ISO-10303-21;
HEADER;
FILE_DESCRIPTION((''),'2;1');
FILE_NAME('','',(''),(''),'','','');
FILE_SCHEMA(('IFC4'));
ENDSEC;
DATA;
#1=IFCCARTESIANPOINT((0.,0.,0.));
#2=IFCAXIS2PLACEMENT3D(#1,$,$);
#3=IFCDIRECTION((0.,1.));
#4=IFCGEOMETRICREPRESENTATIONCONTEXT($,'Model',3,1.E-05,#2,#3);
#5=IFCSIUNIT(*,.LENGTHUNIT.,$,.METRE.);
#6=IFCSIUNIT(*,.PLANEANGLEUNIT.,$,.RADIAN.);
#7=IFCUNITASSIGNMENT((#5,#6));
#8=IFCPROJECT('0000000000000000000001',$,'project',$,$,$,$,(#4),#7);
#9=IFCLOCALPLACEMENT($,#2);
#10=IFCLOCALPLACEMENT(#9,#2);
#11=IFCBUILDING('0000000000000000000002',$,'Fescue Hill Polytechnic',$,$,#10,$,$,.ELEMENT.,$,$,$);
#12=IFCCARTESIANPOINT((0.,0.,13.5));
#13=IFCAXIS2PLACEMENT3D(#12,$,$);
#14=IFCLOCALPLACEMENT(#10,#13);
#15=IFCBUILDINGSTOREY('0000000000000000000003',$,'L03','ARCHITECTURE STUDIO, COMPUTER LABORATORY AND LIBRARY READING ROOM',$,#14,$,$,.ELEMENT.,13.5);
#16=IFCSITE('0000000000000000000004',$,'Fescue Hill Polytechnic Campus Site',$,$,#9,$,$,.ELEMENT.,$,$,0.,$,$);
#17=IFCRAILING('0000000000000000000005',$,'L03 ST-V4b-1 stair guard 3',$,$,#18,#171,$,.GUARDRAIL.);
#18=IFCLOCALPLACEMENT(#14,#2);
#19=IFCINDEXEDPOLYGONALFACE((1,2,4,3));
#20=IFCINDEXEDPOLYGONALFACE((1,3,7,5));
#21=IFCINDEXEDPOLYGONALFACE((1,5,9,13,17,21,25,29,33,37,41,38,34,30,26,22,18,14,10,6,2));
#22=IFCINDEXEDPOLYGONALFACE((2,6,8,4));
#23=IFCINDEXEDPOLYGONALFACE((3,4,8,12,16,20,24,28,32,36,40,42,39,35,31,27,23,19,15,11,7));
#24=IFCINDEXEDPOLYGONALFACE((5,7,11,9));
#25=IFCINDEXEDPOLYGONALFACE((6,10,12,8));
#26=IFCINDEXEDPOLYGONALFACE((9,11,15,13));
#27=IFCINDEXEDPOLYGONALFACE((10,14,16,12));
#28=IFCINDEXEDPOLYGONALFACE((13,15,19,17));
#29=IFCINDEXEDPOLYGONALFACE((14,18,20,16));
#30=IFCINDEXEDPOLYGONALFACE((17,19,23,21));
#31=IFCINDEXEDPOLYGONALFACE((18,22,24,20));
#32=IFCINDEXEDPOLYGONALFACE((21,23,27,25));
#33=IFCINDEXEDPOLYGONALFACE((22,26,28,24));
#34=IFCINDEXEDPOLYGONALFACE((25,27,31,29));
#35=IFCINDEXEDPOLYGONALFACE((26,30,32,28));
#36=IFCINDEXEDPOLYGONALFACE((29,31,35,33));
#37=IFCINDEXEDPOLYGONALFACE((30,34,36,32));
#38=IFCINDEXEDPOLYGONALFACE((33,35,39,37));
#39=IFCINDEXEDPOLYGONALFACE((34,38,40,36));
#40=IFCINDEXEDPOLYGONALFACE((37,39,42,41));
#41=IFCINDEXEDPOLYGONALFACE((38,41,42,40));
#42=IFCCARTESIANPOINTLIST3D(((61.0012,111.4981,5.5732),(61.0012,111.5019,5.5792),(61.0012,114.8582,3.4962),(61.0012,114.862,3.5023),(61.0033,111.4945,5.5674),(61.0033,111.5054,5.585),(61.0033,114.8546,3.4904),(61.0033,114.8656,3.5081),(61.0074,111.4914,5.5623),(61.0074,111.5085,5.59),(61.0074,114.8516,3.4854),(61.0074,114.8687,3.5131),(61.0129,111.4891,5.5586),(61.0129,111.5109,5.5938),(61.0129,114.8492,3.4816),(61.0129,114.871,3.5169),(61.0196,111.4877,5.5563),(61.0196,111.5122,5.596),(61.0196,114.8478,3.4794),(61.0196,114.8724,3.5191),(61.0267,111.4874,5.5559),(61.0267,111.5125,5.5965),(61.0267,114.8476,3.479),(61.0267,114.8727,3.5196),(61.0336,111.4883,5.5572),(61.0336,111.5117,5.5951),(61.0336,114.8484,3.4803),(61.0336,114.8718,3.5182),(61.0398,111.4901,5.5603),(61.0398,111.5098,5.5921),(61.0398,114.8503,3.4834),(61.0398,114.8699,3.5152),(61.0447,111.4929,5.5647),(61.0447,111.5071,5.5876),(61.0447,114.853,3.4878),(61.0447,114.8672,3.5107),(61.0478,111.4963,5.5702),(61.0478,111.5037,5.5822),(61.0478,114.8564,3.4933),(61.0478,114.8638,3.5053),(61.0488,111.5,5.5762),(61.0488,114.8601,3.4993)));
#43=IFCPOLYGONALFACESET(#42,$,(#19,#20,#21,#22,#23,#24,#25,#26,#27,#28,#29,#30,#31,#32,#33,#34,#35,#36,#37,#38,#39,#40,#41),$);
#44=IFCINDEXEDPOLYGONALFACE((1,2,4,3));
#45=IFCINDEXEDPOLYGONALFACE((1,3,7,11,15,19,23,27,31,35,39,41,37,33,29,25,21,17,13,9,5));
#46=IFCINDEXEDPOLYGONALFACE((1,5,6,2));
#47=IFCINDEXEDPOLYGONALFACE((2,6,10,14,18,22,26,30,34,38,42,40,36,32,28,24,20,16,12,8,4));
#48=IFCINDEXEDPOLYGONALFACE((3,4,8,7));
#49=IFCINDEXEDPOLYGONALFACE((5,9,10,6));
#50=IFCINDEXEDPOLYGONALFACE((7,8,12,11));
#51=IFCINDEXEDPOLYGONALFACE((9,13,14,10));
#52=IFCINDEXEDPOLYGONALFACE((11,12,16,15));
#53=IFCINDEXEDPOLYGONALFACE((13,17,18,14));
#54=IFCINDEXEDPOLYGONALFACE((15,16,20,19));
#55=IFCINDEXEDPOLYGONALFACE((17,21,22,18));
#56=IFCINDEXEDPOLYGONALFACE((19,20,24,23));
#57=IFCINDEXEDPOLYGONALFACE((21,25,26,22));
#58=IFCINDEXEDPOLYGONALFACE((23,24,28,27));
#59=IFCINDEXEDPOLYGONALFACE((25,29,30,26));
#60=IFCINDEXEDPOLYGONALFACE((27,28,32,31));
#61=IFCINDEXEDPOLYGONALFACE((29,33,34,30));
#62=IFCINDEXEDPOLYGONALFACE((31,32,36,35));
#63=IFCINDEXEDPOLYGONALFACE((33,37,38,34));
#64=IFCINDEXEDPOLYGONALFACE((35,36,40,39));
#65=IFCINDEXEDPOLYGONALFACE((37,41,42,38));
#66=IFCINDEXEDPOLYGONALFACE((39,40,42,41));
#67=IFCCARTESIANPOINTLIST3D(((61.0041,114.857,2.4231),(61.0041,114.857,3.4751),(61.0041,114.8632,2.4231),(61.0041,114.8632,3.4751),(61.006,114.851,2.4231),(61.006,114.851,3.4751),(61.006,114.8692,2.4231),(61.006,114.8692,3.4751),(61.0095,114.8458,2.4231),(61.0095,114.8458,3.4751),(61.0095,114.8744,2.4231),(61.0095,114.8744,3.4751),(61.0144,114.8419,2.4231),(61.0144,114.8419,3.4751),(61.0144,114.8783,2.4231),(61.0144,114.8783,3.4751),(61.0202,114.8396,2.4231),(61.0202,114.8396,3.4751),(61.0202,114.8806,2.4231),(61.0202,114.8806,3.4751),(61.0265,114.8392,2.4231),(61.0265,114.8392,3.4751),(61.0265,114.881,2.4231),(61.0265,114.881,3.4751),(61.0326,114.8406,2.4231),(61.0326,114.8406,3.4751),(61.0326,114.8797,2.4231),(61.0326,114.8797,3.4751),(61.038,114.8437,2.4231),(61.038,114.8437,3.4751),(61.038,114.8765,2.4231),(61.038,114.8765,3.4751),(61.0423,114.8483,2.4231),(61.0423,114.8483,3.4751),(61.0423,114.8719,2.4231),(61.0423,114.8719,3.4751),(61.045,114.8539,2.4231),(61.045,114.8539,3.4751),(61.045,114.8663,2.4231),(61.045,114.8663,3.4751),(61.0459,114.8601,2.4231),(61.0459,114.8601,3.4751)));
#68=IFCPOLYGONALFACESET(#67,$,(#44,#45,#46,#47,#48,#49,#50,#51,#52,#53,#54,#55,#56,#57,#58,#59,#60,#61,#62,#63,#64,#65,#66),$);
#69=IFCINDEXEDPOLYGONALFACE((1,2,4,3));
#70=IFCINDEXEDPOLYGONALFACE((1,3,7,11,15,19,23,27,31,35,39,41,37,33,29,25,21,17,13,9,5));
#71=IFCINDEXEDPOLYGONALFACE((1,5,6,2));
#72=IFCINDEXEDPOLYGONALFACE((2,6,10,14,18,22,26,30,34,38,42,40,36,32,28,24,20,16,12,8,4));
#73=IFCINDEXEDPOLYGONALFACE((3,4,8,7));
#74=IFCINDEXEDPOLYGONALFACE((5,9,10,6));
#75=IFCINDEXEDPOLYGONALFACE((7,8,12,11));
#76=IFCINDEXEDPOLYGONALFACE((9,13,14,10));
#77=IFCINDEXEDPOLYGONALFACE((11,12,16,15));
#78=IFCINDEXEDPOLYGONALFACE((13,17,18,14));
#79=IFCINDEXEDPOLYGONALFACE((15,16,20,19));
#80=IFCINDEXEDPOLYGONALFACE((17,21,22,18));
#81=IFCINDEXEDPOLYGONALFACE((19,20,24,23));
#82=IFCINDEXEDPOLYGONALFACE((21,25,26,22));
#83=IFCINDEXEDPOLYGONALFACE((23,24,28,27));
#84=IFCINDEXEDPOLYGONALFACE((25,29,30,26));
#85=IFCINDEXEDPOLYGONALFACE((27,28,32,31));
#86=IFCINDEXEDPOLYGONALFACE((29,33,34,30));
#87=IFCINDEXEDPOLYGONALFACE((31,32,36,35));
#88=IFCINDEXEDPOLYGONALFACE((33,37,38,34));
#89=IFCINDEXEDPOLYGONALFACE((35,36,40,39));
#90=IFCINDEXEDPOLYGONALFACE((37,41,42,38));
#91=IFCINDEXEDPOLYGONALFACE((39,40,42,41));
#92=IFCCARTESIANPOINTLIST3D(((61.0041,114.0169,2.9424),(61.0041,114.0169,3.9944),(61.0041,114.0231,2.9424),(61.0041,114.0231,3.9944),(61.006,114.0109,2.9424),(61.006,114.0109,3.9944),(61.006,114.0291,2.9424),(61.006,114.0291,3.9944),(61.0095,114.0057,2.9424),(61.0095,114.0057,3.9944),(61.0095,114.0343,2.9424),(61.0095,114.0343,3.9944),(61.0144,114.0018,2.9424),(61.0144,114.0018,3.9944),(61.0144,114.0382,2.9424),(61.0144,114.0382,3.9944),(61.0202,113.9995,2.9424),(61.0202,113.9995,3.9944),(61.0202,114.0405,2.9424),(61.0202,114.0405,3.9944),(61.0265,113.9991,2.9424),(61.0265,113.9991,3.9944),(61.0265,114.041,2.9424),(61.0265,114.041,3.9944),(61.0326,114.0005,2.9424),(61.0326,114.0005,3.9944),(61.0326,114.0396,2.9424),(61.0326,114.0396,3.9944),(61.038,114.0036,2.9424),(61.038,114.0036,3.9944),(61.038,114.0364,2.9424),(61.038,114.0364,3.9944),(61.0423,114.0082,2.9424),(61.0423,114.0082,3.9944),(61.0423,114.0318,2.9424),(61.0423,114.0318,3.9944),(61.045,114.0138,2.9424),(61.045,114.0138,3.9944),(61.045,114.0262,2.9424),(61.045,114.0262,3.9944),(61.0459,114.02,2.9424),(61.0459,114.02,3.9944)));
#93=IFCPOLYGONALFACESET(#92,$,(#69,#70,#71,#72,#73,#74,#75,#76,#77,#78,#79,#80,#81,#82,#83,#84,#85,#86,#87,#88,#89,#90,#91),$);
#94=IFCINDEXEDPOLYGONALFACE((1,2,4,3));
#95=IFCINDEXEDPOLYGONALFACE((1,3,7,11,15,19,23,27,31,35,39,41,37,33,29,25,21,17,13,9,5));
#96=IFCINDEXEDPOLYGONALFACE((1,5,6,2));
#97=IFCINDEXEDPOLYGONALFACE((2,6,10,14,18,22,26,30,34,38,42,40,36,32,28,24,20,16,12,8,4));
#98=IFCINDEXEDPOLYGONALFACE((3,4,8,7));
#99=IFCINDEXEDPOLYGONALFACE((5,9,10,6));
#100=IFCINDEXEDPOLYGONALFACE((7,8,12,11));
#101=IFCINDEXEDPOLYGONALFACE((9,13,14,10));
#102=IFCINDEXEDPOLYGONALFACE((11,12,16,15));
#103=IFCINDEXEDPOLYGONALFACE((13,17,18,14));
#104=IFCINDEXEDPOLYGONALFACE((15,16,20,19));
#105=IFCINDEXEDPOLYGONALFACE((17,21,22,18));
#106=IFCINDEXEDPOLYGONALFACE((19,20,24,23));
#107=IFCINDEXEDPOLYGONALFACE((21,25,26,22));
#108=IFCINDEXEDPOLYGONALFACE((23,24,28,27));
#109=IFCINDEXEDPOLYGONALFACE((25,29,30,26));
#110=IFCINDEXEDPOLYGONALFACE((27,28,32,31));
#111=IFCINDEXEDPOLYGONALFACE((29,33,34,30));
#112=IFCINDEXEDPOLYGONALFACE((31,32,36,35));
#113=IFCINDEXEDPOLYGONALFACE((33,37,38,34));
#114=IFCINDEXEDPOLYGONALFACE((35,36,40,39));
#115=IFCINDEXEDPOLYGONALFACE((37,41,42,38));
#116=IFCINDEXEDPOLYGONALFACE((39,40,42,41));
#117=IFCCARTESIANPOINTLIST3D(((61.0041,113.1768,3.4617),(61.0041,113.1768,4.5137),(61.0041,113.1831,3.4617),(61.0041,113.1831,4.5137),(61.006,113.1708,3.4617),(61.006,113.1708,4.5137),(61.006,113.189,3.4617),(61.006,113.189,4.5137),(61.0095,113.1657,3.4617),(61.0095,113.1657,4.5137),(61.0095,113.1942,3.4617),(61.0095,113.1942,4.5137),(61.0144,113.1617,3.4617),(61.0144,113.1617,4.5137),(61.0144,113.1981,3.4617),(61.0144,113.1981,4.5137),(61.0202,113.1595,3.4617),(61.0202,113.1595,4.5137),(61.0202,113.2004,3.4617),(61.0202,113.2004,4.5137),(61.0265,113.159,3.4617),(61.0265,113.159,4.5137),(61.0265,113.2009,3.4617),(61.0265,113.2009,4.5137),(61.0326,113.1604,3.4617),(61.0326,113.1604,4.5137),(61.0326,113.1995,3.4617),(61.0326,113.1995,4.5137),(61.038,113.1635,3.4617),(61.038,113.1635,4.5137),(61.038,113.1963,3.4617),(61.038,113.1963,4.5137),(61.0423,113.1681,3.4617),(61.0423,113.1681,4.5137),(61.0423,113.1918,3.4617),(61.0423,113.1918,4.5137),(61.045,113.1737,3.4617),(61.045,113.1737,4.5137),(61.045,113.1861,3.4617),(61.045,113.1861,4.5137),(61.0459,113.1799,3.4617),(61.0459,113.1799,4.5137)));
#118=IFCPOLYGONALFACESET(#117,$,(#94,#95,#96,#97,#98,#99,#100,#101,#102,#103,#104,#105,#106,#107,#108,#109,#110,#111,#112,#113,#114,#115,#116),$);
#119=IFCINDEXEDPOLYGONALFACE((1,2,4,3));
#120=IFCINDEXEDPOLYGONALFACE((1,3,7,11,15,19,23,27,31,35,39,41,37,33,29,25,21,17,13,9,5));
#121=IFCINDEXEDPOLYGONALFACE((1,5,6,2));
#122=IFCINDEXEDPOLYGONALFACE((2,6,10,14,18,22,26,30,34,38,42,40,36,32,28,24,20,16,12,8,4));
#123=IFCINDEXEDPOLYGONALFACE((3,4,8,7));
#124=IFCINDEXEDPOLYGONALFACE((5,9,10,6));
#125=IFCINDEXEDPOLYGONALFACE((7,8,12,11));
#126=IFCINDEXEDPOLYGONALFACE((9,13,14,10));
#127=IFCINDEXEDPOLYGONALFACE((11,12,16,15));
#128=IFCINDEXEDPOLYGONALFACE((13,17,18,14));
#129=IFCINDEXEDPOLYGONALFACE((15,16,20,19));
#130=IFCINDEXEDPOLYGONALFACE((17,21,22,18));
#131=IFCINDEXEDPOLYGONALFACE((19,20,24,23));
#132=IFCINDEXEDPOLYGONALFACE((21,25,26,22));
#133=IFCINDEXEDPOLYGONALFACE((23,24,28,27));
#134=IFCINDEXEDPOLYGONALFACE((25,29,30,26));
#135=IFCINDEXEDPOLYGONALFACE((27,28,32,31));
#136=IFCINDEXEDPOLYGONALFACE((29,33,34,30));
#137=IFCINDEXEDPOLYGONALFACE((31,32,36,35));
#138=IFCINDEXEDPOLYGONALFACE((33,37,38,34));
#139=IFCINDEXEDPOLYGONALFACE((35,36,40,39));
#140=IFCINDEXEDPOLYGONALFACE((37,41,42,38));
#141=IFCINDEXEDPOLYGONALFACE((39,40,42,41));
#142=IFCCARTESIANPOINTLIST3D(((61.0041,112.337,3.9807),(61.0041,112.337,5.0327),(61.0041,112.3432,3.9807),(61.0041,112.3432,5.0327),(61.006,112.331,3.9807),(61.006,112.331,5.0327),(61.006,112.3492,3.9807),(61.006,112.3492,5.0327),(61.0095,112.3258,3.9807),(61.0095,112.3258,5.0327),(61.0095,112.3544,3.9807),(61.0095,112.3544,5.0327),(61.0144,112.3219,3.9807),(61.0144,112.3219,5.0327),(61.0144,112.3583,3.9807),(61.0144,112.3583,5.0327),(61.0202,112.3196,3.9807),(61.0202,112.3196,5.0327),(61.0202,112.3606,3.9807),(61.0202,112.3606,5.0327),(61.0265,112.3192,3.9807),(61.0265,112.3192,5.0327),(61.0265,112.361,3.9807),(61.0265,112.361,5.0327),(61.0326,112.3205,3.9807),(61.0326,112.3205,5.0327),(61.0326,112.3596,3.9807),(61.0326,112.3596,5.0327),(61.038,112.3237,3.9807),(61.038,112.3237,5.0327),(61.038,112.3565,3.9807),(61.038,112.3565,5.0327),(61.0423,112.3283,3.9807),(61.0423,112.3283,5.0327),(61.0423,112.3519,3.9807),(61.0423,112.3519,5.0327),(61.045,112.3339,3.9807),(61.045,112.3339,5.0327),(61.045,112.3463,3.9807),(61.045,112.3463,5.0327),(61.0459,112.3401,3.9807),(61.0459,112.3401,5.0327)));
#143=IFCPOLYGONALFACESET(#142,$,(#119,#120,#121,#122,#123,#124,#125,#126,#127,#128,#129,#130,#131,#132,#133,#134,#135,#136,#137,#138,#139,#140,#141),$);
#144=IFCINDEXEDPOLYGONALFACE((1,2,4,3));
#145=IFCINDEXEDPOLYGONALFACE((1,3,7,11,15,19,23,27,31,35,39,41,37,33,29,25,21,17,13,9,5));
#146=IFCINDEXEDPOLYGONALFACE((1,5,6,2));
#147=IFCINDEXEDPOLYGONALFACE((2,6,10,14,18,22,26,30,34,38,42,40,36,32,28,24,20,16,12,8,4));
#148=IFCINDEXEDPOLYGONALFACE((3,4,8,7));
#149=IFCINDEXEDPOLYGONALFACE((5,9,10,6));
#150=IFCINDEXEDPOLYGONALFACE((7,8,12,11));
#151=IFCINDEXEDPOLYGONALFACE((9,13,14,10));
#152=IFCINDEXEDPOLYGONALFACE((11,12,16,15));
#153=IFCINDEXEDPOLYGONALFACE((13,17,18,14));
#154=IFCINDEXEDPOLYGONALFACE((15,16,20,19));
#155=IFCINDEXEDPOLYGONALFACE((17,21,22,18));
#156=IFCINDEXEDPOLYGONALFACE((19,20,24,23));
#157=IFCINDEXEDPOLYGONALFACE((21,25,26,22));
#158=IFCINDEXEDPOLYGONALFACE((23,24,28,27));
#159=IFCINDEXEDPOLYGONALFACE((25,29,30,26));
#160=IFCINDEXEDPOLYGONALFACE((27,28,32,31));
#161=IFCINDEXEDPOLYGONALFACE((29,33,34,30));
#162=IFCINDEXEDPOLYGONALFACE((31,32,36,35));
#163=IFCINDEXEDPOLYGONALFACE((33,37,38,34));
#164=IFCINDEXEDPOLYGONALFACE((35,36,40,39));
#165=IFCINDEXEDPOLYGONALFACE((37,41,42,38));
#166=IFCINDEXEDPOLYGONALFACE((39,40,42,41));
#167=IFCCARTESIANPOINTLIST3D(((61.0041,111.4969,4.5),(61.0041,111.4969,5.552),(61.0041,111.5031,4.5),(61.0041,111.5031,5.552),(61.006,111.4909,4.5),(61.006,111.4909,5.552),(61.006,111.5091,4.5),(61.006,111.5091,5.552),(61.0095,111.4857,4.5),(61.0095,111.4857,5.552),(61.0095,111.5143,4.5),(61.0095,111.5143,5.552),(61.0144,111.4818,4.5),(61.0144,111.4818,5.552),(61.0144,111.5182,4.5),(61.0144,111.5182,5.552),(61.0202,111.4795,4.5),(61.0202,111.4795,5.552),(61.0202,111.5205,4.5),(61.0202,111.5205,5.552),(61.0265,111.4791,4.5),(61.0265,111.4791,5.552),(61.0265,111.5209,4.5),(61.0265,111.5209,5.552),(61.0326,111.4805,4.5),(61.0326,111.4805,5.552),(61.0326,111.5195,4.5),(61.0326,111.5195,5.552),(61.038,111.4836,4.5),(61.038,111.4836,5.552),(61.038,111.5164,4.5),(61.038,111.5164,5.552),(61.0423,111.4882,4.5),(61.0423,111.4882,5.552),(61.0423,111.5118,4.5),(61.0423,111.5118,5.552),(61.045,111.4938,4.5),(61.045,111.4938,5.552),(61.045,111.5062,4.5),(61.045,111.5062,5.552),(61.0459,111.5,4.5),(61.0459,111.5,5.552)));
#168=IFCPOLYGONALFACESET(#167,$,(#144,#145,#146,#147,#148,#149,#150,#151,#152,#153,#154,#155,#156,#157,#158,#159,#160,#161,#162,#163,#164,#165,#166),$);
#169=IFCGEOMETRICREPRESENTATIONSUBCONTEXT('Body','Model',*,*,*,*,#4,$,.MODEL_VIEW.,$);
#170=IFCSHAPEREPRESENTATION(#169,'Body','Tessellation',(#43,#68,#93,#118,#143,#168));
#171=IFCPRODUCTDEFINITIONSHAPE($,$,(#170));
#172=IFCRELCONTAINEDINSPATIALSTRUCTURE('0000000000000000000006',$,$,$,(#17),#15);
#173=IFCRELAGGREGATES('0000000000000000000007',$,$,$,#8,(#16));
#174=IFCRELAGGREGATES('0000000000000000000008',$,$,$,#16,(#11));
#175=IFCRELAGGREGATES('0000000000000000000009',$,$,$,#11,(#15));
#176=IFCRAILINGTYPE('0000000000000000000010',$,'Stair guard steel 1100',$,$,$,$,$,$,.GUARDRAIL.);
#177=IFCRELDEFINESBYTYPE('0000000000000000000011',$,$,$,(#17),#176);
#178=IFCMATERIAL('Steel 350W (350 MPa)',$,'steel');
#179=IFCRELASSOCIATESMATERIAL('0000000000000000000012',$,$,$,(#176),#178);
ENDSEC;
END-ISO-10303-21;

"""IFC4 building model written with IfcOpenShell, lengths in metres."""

from ifc_helpers import new_model, si_unit, direction, frame, origin, origin_2d, place, context, subcontext, project, spatial, circle, extrude, material, type_object, element, save


model = new_model("IFC4")

# Units and contexts
model_context = context("Model", 3, precision=1e-05, world=origin(), true_north=direction((0.0, 1.0)))
body_context = subcontext(model_context, "Body", "Model", "MODEL_VIEW")
ifc_project = project(units=[si_unit("LENGTHUNIT", "METRE"), si_unit("PLANEANGLEUNIT", "RADIAN")], contexts=[model_context])

# Site, building, storey
site_placement = place(None, origin())
site = spatial("IfcSite", under=ifc_project, at=site_placement, Name="Fescue Hill Polytechnic Campus Site", CompositionType="ELEMENT", RefElevation=0.0)
building_placement = place(site_placement, origin())
building = spatial("IfcBuilding", under=site, at=building_placement, Name="Fescue Hill Polytechnic", CompositionType="ELEMENT")
storey_placement = place(building_placement, frame((0.0, 0.0, 13.5)))
storey = spatial("IfcBuildingStorey", under=building, at=storey_placement, Name="L03", Description="ARCHITECTURE STUDIO, COMPUTER LABORATORY AND LIBRARY READING ROOM", CompositionType="ELEMENT", Elevation=13.5)

# Railing
ifc_material_1 = material(Name="Steel 350W (350 MPa)", Category="steel")
railing_type_1 = type_object("IfcRailingType", Name="Stair guard steel 1100", PredefinedType="GUARDRAIL", material=ifc_material_1)
railing_1_placement = place(storey_placement, frame((61.0249, 114.8601, 2.4231)))
element("IfcRailing", 1, at=railing_1_placement, inside=storey, type_object=railing_type_1, Name="L03 ST-V4b-1 stair guard 3", PredefinedType="GUARDRAIL", context=body_context, shape_type="SweptSolid", body=[
    extrude(circle(Radius=0.0239, at=origin_2d()), frame((0.0, 0.0, 1.0762), z_axis=(0.0, -0.850623, 0.525776), x_axis=(1.0, 0.0, 0.0)), (0.0, 0.0, 1.0), 3.9502),
    extrude(circle(Radius=0.021, at=origin_2d()), origin(), (0.0, 0.0, 1.0), 1.052),
    extrude(circle(Radius=0.021, at=origin_2d()), frame((0.0, -0.8401, 0.5193)), (0.0, 0.0, 1.0), 1.052),
    extrude(circle(Radius=0.021, at=origin_2d()), frame((0.0, -1.6802, 1.0386)), (0.0, 0.0, 1.0), 1.052),
    extrude(circle(Radius=0.021, at=origin_2d()), frame((0.0, -2.52, 1.5576)), (0.0, 0.0, 1.0), 1.052),
    extrude(circle(Radius=0.021, at=origin_2d()), frame((0.0, -3.3601, 2.0769)), (0.0, 0.0, 1.0), 1.052),
])

save(model, "model.ifc")
